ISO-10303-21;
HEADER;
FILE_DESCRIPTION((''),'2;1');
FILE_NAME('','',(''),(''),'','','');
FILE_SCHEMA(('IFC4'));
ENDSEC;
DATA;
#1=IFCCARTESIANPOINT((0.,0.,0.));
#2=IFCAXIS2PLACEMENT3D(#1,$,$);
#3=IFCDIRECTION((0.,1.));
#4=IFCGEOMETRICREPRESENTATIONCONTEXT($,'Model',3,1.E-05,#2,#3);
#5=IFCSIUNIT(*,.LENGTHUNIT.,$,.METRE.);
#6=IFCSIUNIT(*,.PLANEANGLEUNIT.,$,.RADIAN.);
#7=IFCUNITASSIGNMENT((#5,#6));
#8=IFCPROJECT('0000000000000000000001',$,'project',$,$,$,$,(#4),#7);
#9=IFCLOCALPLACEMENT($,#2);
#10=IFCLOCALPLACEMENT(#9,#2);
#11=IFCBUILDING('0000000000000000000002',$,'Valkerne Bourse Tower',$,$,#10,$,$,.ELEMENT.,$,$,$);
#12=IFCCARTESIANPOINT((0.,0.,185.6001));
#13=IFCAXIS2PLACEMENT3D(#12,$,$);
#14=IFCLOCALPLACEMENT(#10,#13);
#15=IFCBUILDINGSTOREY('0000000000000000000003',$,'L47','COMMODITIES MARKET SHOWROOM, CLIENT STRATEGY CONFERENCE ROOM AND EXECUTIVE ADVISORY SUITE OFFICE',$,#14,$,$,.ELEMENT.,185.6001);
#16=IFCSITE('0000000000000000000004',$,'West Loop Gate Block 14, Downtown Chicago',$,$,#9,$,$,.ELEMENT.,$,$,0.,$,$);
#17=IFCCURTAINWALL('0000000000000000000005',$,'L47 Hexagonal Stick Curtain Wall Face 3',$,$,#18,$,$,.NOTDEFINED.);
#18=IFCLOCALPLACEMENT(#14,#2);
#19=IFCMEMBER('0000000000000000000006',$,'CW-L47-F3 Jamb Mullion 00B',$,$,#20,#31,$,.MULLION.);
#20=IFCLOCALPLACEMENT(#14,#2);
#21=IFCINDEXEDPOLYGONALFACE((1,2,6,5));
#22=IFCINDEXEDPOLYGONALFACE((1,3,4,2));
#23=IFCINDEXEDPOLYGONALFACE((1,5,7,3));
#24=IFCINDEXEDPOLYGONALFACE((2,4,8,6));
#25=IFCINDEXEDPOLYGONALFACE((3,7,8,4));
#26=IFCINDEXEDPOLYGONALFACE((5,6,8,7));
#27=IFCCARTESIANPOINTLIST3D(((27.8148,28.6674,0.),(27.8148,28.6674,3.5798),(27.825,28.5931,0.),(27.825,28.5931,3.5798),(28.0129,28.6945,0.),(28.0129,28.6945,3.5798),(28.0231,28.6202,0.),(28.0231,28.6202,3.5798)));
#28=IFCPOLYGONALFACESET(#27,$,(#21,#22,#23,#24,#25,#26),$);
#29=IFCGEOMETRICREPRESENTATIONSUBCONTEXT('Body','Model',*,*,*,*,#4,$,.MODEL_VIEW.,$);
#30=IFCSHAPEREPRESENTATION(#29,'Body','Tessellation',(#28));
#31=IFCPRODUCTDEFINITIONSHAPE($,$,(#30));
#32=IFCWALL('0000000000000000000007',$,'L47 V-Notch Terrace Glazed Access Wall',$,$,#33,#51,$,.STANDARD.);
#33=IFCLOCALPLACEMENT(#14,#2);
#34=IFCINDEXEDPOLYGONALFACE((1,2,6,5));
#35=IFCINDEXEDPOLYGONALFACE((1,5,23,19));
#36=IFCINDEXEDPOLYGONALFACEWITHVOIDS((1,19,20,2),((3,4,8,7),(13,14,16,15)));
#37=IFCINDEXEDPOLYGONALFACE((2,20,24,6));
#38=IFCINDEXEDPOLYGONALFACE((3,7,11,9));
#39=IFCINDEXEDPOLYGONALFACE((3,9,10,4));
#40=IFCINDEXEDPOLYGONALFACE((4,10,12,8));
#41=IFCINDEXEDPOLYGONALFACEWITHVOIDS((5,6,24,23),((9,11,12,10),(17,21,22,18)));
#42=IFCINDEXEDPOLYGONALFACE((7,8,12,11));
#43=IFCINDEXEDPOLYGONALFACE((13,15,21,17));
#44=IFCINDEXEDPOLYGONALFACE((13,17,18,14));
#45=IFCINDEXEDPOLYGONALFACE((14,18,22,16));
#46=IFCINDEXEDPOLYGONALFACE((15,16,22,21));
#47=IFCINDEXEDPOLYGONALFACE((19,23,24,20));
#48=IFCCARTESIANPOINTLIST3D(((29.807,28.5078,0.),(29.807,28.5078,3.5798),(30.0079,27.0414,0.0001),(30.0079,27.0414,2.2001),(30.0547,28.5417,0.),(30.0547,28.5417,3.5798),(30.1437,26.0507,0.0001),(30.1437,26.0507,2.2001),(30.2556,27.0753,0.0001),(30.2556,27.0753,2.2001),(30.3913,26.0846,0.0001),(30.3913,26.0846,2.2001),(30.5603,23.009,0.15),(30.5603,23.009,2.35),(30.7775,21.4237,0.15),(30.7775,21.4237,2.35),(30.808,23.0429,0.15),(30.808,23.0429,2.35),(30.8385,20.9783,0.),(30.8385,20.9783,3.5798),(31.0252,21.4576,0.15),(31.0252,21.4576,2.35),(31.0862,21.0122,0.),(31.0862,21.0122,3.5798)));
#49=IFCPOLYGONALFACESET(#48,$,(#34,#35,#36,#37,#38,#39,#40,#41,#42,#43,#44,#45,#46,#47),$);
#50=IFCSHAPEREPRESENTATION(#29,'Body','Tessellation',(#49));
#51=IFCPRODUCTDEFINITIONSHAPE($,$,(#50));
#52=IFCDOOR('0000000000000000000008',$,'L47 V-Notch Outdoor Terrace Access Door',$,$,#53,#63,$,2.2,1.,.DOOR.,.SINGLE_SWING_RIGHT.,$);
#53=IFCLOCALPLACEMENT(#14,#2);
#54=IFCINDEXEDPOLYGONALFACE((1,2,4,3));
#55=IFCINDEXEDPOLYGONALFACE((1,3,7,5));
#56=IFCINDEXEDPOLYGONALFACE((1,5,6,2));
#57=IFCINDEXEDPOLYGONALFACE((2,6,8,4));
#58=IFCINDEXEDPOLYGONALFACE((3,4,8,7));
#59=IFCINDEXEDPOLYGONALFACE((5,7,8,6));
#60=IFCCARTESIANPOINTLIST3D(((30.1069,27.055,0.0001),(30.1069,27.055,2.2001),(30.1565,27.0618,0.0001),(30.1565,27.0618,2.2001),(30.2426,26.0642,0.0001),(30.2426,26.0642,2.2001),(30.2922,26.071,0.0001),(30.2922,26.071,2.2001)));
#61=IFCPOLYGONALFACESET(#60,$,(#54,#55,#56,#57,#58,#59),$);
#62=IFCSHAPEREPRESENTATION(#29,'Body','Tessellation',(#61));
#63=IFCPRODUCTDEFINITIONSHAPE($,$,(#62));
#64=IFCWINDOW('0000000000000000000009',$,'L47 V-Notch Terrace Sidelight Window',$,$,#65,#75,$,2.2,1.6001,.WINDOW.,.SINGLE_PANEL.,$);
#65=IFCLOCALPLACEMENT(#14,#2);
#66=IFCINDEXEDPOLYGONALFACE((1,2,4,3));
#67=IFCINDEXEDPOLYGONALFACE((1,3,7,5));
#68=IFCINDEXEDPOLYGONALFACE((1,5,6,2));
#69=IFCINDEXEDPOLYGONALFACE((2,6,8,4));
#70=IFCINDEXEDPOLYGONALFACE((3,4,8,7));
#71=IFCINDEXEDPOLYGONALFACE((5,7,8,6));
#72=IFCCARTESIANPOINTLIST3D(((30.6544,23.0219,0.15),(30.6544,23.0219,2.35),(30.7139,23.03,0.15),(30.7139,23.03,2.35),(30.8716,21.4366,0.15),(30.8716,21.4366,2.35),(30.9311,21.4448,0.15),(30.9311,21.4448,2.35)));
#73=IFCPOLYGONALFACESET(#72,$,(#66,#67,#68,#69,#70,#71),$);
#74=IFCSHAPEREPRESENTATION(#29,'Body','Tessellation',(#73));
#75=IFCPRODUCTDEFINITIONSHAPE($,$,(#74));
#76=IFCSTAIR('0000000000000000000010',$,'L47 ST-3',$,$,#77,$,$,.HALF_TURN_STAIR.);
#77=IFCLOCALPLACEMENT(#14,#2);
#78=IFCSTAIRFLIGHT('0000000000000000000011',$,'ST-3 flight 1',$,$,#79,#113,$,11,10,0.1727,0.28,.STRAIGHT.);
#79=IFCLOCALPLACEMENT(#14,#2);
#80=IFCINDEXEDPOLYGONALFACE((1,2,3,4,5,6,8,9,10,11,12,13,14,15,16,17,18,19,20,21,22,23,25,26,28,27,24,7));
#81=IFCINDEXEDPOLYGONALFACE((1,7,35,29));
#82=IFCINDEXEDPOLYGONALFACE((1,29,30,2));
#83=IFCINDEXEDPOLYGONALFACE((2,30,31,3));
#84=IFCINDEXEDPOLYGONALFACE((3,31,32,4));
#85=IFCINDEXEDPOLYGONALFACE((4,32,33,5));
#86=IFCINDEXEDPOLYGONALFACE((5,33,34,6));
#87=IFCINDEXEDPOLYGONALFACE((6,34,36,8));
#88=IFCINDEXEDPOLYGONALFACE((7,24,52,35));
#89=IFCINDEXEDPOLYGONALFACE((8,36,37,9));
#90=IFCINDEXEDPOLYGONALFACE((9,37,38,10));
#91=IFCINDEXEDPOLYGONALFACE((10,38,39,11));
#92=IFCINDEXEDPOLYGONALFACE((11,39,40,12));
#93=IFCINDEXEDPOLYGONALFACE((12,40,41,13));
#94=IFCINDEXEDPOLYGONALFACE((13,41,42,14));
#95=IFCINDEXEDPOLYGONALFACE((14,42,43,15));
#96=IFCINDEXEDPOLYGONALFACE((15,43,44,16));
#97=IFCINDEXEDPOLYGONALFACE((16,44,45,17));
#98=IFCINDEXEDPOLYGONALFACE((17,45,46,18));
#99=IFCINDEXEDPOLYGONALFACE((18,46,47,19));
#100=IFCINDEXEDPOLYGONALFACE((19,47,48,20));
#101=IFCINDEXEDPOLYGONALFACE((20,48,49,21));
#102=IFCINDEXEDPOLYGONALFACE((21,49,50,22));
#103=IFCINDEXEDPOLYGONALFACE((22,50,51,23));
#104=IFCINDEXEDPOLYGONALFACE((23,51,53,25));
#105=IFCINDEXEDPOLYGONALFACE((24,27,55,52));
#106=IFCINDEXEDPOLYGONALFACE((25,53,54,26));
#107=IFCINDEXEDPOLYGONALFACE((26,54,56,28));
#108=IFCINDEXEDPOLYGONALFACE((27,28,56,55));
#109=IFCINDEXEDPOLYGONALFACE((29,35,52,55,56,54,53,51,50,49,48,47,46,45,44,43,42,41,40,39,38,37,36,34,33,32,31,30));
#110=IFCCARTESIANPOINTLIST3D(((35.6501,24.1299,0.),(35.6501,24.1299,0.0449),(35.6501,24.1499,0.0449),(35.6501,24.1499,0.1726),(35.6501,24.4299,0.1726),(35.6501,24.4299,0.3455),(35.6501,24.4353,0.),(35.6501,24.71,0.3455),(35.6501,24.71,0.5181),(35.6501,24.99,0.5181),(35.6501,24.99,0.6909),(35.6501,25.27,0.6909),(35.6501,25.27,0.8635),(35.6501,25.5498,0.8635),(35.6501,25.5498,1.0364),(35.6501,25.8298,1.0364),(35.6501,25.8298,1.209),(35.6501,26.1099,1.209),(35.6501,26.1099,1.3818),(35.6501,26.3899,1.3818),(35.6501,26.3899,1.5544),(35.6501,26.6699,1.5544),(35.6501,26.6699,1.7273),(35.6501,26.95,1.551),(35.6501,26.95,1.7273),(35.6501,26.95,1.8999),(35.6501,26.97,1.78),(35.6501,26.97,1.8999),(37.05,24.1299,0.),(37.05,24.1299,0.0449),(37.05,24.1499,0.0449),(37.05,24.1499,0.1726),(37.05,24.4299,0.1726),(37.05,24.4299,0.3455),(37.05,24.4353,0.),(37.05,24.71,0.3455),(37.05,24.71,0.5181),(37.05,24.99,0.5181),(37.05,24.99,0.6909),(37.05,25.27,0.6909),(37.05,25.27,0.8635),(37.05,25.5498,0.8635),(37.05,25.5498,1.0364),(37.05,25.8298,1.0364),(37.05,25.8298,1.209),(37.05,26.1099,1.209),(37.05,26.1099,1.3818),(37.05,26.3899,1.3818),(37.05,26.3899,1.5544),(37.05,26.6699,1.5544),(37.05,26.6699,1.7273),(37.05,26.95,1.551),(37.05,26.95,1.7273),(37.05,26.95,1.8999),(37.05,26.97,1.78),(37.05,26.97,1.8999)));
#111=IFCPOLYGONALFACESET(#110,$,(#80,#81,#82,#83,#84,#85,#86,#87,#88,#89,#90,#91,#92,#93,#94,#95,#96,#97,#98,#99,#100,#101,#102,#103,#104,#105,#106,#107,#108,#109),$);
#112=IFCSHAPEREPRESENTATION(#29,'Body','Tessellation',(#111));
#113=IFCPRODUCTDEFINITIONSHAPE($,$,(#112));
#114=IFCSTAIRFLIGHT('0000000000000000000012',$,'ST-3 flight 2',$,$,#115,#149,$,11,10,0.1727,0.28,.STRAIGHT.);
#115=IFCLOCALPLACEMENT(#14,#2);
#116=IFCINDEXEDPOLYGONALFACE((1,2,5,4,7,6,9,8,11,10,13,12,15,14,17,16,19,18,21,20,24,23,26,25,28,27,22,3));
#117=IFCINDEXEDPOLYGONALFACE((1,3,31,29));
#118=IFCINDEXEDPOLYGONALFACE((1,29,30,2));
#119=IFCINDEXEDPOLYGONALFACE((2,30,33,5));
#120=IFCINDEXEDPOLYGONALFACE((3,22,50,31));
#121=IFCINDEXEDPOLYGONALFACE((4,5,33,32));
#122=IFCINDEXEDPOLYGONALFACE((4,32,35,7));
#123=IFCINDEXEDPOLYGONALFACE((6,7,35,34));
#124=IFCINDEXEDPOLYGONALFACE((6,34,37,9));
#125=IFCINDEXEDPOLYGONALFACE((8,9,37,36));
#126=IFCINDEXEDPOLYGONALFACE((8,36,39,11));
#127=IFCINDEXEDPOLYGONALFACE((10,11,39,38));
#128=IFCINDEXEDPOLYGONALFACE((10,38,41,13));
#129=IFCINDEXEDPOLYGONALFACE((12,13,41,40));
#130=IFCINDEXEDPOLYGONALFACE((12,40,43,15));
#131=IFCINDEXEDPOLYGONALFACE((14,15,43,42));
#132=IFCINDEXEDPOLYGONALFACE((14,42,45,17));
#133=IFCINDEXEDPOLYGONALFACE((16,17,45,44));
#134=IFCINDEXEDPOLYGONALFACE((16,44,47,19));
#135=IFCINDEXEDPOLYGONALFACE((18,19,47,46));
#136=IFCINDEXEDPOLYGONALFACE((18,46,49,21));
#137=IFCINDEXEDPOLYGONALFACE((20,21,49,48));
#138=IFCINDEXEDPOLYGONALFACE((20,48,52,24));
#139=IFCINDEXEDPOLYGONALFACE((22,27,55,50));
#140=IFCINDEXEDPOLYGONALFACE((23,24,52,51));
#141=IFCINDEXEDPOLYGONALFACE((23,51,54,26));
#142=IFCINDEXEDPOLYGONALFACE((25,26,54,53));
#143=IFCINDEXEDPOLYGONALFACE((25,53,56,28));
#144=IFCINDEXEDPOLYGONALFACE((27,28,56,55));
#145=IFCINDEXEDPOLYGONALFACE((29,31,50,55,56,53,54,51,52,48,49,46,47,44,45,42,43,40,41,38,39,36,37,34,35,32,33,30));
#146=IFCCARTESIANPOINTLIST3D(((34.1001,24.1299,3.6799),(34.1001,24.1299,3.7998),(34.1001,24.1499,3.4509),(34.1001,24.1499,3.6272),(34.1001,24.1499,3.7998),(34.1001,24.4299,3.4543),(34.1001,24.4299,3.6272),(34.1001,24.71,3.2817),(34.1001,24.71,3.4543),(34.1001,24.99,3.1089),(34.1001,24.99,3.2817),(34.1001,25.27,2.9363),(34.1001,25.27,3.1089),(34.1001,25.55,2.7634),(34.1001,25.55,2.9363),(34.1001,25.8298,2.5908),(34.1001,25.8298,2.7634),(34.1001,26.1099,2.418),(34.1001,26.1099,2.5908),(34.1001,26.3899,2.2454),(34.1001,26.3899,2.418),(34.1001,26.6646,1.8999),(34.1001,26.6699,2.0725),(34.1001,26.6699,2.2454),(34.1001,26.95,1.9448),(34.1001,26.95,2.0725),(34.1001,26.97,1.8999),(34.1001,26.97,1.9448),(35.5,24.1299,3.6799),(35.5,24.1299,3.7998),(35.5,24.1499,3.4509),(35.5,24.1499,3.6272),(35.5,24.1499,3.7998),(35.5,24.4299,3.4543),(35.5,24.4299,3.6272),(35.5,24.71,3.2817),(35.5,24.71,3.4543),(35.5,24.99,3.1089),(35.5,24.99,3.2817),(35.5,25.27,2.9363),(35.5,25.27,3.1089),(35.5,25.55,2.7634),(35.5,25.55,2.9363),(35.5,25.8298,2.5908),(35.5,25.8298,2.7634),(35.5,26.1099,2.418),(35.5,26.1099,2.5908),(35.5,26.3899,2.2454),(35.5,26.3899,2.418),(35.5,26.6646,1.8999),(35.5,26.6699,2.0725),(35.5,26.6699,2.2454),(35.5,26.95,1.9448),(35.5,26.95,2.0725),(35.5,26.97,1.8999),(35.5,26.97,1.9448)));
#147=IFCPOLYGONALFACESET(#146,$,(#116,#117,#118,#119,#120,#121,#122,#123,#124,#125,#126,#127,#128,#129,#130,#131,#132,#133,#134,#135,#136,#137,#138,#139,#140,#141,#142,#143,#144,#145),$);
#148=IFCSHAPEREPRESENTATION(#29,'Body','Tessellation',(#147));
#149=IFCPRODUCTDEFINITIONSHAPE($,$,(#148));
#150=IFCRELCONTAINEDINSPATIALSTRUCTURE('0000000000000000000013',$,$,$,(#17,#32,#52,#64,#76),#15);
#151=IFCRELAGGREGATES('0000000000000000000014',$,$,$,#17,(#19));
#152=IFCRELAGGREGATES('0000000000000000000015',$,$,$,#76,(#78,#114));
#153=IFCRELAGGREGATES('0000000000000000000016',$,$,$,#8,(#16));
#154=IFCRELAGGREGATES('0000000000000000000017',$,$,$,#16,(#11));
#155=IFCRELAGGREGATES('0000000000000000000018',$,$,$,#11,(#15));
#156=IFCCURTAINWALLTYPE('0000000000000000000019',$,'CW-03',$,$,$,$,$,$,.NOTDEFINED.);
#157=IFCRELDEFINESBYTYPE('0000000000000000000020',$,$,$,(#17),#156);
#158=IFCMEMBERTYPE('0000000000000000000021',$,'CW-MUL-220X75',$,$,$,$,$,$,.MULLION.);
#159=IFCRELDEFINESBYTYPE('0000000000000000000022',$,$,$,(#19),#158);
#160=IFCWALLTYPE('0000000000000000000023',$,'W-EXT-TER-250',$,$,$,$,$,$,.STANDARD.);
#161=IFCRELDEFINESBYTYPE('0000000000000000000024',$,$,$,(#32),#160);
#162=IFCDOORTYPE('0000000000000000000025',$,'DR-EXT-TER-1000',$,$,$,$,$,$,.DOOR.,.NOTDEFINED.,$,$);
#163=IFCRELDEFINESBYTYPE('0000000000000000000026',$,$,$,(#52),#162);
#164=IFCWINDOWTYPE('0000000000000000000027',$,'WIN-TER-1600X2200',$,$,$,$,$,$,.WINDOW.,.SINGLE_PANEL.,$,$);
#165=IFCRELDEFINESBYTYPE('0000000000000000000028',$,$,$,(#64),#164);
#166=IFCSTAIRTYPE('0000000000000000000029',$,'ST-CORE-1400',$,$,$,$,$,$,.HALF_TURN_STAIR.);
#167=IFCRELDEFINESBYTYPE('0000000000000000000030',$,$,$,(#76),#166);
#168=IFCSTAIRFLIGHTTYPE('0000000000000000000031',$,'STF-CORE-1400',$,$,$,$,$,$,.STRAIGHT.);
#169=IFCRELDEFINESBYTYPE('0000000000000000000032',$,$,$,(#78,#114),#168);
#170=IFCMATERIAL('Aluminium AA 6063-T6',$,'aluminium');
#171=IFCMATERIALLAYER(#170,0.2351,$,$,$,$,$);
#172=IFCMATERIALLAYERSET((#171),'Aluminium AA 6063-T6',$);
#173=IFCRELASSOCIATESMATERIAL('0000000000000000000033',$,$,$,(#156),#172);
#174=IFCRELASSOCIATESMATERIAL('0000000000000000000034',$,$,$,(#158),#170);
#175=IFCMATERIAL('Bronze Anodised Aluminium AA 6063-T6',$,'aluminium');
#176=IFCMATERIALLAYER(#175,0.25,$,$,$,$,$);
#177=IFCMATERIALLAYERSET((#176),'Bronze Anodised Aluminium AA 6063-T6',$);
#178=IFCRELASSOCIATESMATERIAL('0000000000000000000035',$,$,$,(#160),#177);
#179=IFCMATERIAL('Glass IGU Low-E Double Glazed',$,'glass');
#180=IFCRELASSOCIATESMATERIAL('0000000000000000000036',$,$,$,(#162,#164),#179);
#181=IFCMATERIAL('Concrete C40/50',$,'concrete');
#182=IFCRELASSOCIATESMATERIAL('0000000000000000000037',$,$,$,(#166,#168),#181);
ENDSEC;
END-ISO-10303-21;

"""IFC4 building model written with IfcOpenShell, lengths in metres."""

from ifc_helpers import new_model, si_unit, direction, frame, frame_2d, origin, origin_2d, place, context, subcontext, project, spatial, polyline, rectangle, outline, extrude, material, layer, layer_set, material_profile, profile_set, type_object, element, fill, aggregate, save


model = new_model("IFC4")

# Units and contexts
model_context = context("Model", 3, precision=1e-05, world=origin(), true_north=direction((0.0, 1.0)))
body_context = subcontext(model_context, "Body", "Model", "MODEL_VIEW")
ifc_project = project(units=[si_unit("LENGTHUNIT", "METRE"), si_unit("PLANEANGLEUNIT", "RADIAN")], contexts=[model_context])

# Site, building, storey
site_placement = place(None, origin())
site = spatial("IfcSite", under=ifc_project, at=site_placement, Name="West Loop Gate Block 14, Downtown Chicago", CompositionType="ELEMENT", RefElevation=0.0)
building_placement = place(site_placement, origin())
building = spatial("IfcBuilding", under=site, at=building_placement, Name="Valkerne Bourse Tower", CompositionType="ELEMENT")
storey_placement = place(building_placement, frame((0.0, 0.0, 185.6001)))
storey = spatial("IfcBuildingStorey", under=building, at=storey_placement, Name="L47", Description="COMMODITIES MARKET SHOWROOM, CLIENT STRATEGY CONFERENCE ROOM AND EXECUTIVE ADVISORY SUITE OFFICE", CompositionType="ELEMENT", Elevation=185.6001)

# Curtain wall, member
ifc_material_1 = material(Name="Aluminium AA 6063-T6", Category="aluminium")
ifc_layer_1 = layer(ifc_material_1, 0.2351)
ifc_layer_set_1 = layer_set([ifc_layer_1], Name="Aluminium AA 6063-T6")
curtain_wall_type = type_object("IfcCurtainWallType", Name="CW-03", PredefinedType="NOTDEFINED", material=ifc_layer_set_1)
curtain_wall_placement = place(storey_placement, origin())
curtain_wall = element("IfcCurtainWall", 1, at=curtain_wall_placement, inside=storey, type_object=curtain_wall_type, Name="L47 Hexagonal Stick Curtain Wall Face 3", PredefinedType="NOTDEFINED")
ifc_material_profile_1 = material_profile(ifc_material_1, rectangle(XDim=0.075, YDim=0.2, at=origin_2d()), Name="CWM-75X200")
ifc_profile_set_1 = profile_set([ifc_material_profile_1], Name="Aluminium AA 6063-T6")
member_type = type_object("IfcMemberType", Name="CW-MUL-220X75", PredefinedType="MULLION", material=ifc_profile_set_1)
member_placement = place(storey_placement, frame((27.9189, 28.6438, 0.0), z_axis=(0.0, 0.0, 1.0), x_axis=(0.135694, -0.990751, 0.0)))
member = element("IfcMember", 2, at=member_placement, type_object=member_type, Name="CW-L47-F3 Jamb Mullion 00B", PredefinedType="MULLION", context=body_context, shape_type="SweptSolid", body=[
    extrude(rectangle(XDim=0.075, YDim=0.2, at=origin_2d()), origin(), (0.0, 0.0, 1.0), 3.5798),
])
aggregate(curtain_wall, [member])

# Wall, openings, door, window
ifc_material_2 = material(Name="Bronze Anodised Aluminium AA 6063-T6", Category="aluminium")
ifc_layer_2 = layer(ifc_material_2, 0.25)
ifc_layer_set_2 = layer_set([ifc_layer_2], Name="Bronze Anodised Aluminium AA 6063-T6")
wall_type = type_object("IfcWallType", Name="W-EXT-TER-250", PredefinedType="STANDARD", material=ifc_layer_set_2)
wall_placement = place(storey_placement, frame((29.9309, 28.5247, 0.0), z_axis=(0.0, 0.0, 1.0), x_axis=(0.135725, -0.990747, 0.0)))
wall = element("IfcWall", 3, at=wall_placement, inside=storey, type_object=wall_type, Name="L47 V-Notch Terrace Glazed Access Wall", PredefinedType="STANDARD", context=body_context, shape_type="SweptSolid", body=[
    extrude(rectangle(XDim=7.5999, YDim=0.25, at=frame_2d((3.7998, 0.0))), origin(), (0.0, 0.0, 1.0), 3.5798),
])
opening_1_placement = place(wall_placement, frame((1.48, 0.0, 0.0)))
opening_1 = element("IfcOpeningElement", 4, at=opening_1_placement, cuts=wall, PredefinedType="OPENING", context=body_context, shape_type="SweptSolid", body=[
    extrude(rectangle(XDim=1.0, YDim=2.2, at=frame_2d((0.5, 1.1001))), frame((0.0, 0.135, 0.0), z_axis=(0.0, -1.0, 0.0), x_axis=(1.0, 0.0, 0.0)), (0.0, 0.0, 1.0), 0.27),
])
opening_2_placement = place(wall_placement, frame((5.55, 0.0, 0.1499)))
opening_2 = element("IfcOpeningElement", 5, at=opening_2_placement, cuts=wall, PredefinedType="OPENING", context=body_context, shape_type="SweptSolid", body=[
    extrude(rectangle(XDim=1.6001, YDim=2.2, at=frame_2d((0.8, 1.1001))), frame((0.0, 0.135, 0.0), z_axis=(0.0, -1.0, 0.0), x_axis=(1.0, 0.0, 0.0)), (0.0, 0.0, 1.0), 0.27),
])
ifc_material_3 = material(Name="Glass IGU Low-E Double Glazed", Category="glass")
door_type = type_object("IfcDoorType", Name="DR-EXT-TER-1000", OperationType="NOTDEFINED", PredefinedType="DOOR", material=ifc_material_3)
door_placement = place(opening_1_placement, origin())
door = element("IfcDoor", 6, at=door_placement, inside=storey, type_object=door_type, Name="L47 V-Notch Outdoor Terrace Access Door", OperationType="SINGLE_SWING_RIGHT", OverallHeight=2.2, OverallWidth=1.0, PredefinedType="DOOR", context=body_context, shape_type="SweptSolid", body=[
    extrude(rectangle(XDim=1.0, YDim=2.2, at=frame_2d((0.5, 1.1001))), frame((0.0, 0.0249, 0.0), z_axis=(0.0, -1.0, 0.0), x_axis=(1.0, 0.0, 0.0)), (0.0, 0.0, 1.0), 0.05),
])
fill(opening_1, door)
window_type = type_object("IfcWindowType", Name="WIN-TER-1600X2200", PartitioningType="SINGLE_PANEL", PredefinedType="WINDOW", material=ifc_material_3)
window_placement = place(opening_2_placement, origin())
window = element("IfcWindow", 7, at=window_placement, inside=storey, type_object=window_type, Name="L47 V-Notch Terrace Sidelight Window", OverallHeight=2.2, OverallWidth=1.6001, PartitioningType="SINGLE_PANEL", PredefinedType="WINDOW", context=body_context, shape_type="SweptSolid", body=[
    extrude(rectangle(XDim=1.6001, YDim=2.2, at=frame_2d((0.8, 1.1001))), frame((0.0, 0.03, 0.0), z_axis=(0.0, -1.0, 0.0), x_axis=(1.0, 0.0, 0.0)), (0.0, 0.0, 1.0), 0.0601),
])
fill(opening_2, window)

# Stair, stair flights
ifc_material_4 = material(Name="Concrete C40/50", Category="concrete")
stair_type = type_object("IfcStairType", Name="ST-CORE-1400", PredefinedType="HALF_TURN_STAIR", material=ifc_material_4)
stair_placement = place(storey_placement, origin())
stair = element("IfcStair", 8, at=stair_placement, inside=storey, type_object=stair_type, Name="L47 ST-3", PredefinedType="HALF_TURN_STAIR")
stair_flight_type = type_object("IfcStairFlightType", Name="STF-CORE-1400", PredefinedType="STRAIGHT", material=ifc_material_4)
stair_flight_1_placement = place(storey_placement, frame((36.3501, 24.1499, 0.0), z_axis=(0.0, 0.0, 1.0), x_axis=(0.0, 1.0, 0.0)))
stair_flight_1 = element("IfcStairFlight", 9, at=stair_flight_1_placement, type_object=stair_flight_type, Name="ST-3 flight 1", NumberOfRisers=11, NumberOfTreads=10, PredefinedType="STRAIGHT", RiserHeight=0.1727, TreadLength=0.28, context=body_context, shape_type="SweptSolid", body=[
    extrude(outline(polyline([(-0.02, 0.0), (-0.02, 0.0449), (0.0, 0.0449), (0.0, 0.1726), (0.28, 0.1726), (0.28, 0.3455), (0.5601, 0.3455), (0.5601, 0.5181), (0.8401, 0.5181), (0.8401, 0.6909), (1.1201, 0.6909), (1.1201, 0.8635), (1.3999, 0.8635), (1.3999, 1.0364), (1.6799, 1.0364), (1.6799, 1.209), (1.96, 1.209), (1.96, 1.3818), (2.24, 1.3818), (2.24, 1.5544), (2.52, 1.5544), (2.52, 1.7273), (2.8, 1.7273), (2.8, 1.8999), (2.8201, 1.8999), (2.8201, 1.78), (2.8, 1.551), (0.2854, 0.0), (-0.02, 0.0)])), frame((0.0, 0.7, 0.0), z_axis=(0.0, -1.0, 0.0), x_axis=(1.0, 0.0, 0.0)), (0.0, 0.0, 1.0), 1.3999),
])
stair_flight_2_placement = place(storey_placement, frame((34.8, 26.95, 1.8999), z_axis=(0.0, 0.0, 1.0), x_axis=(0.0, -1.0, 0.0)))
stair_flight_2 = element("IfcStairFlight", 10, at=stair_flight_2_placement, type_object=stair_flight_type, Name="ST-3 flight 2", NumberOfRisers=11, NumberOfTreads=10, PredefinedType="STRAIGHT", RiserHeight=0.1727, TreadLength=0.28, context=body_context, shape_type="SweptSolid", body=[
    extrude(outline(polyline([(-0.02, 0.0), (-0.02, 0.0449), (0.0, 0.0449), (0.0, 0.1726), (0.28, 0.1726), (0.28, 0.3455), (0.5601, 0.3455), (0.5601, 0.5181), (0.8401, 0.5181), (0.8401, 0.6909), (1.1201, 0.6909), (1.1201, 0.8635), (1.3999, 0.8635), (1.3999, 1.0364), (1.6799, 1.0364), (1.6799, 1.209), (1.96, 1.209), (1.96, 1.3818), (2.24, 1.3818), (2.24, 1.5544), (2.52, 1.5544), (2.52, 1.7273), (2.8, 1.7273), (2.8, 1.8999), (2.8201, 1.8999), (2.8201, 1.78), (2.8, 1.551), (0.2854, 0.0), (-0.02, 0.0)])), frame((0.0, 0.7, 0.0), z_axis=(0.0, -1.0, 0.0), x_axis=(1.0, 0.0, 0.0)), (0.0, 0.0, 1.0), 1.3999),
])
aggregate(stair, [stair_flight_1, stair_flight_2])

save(model, "model.ifc")
